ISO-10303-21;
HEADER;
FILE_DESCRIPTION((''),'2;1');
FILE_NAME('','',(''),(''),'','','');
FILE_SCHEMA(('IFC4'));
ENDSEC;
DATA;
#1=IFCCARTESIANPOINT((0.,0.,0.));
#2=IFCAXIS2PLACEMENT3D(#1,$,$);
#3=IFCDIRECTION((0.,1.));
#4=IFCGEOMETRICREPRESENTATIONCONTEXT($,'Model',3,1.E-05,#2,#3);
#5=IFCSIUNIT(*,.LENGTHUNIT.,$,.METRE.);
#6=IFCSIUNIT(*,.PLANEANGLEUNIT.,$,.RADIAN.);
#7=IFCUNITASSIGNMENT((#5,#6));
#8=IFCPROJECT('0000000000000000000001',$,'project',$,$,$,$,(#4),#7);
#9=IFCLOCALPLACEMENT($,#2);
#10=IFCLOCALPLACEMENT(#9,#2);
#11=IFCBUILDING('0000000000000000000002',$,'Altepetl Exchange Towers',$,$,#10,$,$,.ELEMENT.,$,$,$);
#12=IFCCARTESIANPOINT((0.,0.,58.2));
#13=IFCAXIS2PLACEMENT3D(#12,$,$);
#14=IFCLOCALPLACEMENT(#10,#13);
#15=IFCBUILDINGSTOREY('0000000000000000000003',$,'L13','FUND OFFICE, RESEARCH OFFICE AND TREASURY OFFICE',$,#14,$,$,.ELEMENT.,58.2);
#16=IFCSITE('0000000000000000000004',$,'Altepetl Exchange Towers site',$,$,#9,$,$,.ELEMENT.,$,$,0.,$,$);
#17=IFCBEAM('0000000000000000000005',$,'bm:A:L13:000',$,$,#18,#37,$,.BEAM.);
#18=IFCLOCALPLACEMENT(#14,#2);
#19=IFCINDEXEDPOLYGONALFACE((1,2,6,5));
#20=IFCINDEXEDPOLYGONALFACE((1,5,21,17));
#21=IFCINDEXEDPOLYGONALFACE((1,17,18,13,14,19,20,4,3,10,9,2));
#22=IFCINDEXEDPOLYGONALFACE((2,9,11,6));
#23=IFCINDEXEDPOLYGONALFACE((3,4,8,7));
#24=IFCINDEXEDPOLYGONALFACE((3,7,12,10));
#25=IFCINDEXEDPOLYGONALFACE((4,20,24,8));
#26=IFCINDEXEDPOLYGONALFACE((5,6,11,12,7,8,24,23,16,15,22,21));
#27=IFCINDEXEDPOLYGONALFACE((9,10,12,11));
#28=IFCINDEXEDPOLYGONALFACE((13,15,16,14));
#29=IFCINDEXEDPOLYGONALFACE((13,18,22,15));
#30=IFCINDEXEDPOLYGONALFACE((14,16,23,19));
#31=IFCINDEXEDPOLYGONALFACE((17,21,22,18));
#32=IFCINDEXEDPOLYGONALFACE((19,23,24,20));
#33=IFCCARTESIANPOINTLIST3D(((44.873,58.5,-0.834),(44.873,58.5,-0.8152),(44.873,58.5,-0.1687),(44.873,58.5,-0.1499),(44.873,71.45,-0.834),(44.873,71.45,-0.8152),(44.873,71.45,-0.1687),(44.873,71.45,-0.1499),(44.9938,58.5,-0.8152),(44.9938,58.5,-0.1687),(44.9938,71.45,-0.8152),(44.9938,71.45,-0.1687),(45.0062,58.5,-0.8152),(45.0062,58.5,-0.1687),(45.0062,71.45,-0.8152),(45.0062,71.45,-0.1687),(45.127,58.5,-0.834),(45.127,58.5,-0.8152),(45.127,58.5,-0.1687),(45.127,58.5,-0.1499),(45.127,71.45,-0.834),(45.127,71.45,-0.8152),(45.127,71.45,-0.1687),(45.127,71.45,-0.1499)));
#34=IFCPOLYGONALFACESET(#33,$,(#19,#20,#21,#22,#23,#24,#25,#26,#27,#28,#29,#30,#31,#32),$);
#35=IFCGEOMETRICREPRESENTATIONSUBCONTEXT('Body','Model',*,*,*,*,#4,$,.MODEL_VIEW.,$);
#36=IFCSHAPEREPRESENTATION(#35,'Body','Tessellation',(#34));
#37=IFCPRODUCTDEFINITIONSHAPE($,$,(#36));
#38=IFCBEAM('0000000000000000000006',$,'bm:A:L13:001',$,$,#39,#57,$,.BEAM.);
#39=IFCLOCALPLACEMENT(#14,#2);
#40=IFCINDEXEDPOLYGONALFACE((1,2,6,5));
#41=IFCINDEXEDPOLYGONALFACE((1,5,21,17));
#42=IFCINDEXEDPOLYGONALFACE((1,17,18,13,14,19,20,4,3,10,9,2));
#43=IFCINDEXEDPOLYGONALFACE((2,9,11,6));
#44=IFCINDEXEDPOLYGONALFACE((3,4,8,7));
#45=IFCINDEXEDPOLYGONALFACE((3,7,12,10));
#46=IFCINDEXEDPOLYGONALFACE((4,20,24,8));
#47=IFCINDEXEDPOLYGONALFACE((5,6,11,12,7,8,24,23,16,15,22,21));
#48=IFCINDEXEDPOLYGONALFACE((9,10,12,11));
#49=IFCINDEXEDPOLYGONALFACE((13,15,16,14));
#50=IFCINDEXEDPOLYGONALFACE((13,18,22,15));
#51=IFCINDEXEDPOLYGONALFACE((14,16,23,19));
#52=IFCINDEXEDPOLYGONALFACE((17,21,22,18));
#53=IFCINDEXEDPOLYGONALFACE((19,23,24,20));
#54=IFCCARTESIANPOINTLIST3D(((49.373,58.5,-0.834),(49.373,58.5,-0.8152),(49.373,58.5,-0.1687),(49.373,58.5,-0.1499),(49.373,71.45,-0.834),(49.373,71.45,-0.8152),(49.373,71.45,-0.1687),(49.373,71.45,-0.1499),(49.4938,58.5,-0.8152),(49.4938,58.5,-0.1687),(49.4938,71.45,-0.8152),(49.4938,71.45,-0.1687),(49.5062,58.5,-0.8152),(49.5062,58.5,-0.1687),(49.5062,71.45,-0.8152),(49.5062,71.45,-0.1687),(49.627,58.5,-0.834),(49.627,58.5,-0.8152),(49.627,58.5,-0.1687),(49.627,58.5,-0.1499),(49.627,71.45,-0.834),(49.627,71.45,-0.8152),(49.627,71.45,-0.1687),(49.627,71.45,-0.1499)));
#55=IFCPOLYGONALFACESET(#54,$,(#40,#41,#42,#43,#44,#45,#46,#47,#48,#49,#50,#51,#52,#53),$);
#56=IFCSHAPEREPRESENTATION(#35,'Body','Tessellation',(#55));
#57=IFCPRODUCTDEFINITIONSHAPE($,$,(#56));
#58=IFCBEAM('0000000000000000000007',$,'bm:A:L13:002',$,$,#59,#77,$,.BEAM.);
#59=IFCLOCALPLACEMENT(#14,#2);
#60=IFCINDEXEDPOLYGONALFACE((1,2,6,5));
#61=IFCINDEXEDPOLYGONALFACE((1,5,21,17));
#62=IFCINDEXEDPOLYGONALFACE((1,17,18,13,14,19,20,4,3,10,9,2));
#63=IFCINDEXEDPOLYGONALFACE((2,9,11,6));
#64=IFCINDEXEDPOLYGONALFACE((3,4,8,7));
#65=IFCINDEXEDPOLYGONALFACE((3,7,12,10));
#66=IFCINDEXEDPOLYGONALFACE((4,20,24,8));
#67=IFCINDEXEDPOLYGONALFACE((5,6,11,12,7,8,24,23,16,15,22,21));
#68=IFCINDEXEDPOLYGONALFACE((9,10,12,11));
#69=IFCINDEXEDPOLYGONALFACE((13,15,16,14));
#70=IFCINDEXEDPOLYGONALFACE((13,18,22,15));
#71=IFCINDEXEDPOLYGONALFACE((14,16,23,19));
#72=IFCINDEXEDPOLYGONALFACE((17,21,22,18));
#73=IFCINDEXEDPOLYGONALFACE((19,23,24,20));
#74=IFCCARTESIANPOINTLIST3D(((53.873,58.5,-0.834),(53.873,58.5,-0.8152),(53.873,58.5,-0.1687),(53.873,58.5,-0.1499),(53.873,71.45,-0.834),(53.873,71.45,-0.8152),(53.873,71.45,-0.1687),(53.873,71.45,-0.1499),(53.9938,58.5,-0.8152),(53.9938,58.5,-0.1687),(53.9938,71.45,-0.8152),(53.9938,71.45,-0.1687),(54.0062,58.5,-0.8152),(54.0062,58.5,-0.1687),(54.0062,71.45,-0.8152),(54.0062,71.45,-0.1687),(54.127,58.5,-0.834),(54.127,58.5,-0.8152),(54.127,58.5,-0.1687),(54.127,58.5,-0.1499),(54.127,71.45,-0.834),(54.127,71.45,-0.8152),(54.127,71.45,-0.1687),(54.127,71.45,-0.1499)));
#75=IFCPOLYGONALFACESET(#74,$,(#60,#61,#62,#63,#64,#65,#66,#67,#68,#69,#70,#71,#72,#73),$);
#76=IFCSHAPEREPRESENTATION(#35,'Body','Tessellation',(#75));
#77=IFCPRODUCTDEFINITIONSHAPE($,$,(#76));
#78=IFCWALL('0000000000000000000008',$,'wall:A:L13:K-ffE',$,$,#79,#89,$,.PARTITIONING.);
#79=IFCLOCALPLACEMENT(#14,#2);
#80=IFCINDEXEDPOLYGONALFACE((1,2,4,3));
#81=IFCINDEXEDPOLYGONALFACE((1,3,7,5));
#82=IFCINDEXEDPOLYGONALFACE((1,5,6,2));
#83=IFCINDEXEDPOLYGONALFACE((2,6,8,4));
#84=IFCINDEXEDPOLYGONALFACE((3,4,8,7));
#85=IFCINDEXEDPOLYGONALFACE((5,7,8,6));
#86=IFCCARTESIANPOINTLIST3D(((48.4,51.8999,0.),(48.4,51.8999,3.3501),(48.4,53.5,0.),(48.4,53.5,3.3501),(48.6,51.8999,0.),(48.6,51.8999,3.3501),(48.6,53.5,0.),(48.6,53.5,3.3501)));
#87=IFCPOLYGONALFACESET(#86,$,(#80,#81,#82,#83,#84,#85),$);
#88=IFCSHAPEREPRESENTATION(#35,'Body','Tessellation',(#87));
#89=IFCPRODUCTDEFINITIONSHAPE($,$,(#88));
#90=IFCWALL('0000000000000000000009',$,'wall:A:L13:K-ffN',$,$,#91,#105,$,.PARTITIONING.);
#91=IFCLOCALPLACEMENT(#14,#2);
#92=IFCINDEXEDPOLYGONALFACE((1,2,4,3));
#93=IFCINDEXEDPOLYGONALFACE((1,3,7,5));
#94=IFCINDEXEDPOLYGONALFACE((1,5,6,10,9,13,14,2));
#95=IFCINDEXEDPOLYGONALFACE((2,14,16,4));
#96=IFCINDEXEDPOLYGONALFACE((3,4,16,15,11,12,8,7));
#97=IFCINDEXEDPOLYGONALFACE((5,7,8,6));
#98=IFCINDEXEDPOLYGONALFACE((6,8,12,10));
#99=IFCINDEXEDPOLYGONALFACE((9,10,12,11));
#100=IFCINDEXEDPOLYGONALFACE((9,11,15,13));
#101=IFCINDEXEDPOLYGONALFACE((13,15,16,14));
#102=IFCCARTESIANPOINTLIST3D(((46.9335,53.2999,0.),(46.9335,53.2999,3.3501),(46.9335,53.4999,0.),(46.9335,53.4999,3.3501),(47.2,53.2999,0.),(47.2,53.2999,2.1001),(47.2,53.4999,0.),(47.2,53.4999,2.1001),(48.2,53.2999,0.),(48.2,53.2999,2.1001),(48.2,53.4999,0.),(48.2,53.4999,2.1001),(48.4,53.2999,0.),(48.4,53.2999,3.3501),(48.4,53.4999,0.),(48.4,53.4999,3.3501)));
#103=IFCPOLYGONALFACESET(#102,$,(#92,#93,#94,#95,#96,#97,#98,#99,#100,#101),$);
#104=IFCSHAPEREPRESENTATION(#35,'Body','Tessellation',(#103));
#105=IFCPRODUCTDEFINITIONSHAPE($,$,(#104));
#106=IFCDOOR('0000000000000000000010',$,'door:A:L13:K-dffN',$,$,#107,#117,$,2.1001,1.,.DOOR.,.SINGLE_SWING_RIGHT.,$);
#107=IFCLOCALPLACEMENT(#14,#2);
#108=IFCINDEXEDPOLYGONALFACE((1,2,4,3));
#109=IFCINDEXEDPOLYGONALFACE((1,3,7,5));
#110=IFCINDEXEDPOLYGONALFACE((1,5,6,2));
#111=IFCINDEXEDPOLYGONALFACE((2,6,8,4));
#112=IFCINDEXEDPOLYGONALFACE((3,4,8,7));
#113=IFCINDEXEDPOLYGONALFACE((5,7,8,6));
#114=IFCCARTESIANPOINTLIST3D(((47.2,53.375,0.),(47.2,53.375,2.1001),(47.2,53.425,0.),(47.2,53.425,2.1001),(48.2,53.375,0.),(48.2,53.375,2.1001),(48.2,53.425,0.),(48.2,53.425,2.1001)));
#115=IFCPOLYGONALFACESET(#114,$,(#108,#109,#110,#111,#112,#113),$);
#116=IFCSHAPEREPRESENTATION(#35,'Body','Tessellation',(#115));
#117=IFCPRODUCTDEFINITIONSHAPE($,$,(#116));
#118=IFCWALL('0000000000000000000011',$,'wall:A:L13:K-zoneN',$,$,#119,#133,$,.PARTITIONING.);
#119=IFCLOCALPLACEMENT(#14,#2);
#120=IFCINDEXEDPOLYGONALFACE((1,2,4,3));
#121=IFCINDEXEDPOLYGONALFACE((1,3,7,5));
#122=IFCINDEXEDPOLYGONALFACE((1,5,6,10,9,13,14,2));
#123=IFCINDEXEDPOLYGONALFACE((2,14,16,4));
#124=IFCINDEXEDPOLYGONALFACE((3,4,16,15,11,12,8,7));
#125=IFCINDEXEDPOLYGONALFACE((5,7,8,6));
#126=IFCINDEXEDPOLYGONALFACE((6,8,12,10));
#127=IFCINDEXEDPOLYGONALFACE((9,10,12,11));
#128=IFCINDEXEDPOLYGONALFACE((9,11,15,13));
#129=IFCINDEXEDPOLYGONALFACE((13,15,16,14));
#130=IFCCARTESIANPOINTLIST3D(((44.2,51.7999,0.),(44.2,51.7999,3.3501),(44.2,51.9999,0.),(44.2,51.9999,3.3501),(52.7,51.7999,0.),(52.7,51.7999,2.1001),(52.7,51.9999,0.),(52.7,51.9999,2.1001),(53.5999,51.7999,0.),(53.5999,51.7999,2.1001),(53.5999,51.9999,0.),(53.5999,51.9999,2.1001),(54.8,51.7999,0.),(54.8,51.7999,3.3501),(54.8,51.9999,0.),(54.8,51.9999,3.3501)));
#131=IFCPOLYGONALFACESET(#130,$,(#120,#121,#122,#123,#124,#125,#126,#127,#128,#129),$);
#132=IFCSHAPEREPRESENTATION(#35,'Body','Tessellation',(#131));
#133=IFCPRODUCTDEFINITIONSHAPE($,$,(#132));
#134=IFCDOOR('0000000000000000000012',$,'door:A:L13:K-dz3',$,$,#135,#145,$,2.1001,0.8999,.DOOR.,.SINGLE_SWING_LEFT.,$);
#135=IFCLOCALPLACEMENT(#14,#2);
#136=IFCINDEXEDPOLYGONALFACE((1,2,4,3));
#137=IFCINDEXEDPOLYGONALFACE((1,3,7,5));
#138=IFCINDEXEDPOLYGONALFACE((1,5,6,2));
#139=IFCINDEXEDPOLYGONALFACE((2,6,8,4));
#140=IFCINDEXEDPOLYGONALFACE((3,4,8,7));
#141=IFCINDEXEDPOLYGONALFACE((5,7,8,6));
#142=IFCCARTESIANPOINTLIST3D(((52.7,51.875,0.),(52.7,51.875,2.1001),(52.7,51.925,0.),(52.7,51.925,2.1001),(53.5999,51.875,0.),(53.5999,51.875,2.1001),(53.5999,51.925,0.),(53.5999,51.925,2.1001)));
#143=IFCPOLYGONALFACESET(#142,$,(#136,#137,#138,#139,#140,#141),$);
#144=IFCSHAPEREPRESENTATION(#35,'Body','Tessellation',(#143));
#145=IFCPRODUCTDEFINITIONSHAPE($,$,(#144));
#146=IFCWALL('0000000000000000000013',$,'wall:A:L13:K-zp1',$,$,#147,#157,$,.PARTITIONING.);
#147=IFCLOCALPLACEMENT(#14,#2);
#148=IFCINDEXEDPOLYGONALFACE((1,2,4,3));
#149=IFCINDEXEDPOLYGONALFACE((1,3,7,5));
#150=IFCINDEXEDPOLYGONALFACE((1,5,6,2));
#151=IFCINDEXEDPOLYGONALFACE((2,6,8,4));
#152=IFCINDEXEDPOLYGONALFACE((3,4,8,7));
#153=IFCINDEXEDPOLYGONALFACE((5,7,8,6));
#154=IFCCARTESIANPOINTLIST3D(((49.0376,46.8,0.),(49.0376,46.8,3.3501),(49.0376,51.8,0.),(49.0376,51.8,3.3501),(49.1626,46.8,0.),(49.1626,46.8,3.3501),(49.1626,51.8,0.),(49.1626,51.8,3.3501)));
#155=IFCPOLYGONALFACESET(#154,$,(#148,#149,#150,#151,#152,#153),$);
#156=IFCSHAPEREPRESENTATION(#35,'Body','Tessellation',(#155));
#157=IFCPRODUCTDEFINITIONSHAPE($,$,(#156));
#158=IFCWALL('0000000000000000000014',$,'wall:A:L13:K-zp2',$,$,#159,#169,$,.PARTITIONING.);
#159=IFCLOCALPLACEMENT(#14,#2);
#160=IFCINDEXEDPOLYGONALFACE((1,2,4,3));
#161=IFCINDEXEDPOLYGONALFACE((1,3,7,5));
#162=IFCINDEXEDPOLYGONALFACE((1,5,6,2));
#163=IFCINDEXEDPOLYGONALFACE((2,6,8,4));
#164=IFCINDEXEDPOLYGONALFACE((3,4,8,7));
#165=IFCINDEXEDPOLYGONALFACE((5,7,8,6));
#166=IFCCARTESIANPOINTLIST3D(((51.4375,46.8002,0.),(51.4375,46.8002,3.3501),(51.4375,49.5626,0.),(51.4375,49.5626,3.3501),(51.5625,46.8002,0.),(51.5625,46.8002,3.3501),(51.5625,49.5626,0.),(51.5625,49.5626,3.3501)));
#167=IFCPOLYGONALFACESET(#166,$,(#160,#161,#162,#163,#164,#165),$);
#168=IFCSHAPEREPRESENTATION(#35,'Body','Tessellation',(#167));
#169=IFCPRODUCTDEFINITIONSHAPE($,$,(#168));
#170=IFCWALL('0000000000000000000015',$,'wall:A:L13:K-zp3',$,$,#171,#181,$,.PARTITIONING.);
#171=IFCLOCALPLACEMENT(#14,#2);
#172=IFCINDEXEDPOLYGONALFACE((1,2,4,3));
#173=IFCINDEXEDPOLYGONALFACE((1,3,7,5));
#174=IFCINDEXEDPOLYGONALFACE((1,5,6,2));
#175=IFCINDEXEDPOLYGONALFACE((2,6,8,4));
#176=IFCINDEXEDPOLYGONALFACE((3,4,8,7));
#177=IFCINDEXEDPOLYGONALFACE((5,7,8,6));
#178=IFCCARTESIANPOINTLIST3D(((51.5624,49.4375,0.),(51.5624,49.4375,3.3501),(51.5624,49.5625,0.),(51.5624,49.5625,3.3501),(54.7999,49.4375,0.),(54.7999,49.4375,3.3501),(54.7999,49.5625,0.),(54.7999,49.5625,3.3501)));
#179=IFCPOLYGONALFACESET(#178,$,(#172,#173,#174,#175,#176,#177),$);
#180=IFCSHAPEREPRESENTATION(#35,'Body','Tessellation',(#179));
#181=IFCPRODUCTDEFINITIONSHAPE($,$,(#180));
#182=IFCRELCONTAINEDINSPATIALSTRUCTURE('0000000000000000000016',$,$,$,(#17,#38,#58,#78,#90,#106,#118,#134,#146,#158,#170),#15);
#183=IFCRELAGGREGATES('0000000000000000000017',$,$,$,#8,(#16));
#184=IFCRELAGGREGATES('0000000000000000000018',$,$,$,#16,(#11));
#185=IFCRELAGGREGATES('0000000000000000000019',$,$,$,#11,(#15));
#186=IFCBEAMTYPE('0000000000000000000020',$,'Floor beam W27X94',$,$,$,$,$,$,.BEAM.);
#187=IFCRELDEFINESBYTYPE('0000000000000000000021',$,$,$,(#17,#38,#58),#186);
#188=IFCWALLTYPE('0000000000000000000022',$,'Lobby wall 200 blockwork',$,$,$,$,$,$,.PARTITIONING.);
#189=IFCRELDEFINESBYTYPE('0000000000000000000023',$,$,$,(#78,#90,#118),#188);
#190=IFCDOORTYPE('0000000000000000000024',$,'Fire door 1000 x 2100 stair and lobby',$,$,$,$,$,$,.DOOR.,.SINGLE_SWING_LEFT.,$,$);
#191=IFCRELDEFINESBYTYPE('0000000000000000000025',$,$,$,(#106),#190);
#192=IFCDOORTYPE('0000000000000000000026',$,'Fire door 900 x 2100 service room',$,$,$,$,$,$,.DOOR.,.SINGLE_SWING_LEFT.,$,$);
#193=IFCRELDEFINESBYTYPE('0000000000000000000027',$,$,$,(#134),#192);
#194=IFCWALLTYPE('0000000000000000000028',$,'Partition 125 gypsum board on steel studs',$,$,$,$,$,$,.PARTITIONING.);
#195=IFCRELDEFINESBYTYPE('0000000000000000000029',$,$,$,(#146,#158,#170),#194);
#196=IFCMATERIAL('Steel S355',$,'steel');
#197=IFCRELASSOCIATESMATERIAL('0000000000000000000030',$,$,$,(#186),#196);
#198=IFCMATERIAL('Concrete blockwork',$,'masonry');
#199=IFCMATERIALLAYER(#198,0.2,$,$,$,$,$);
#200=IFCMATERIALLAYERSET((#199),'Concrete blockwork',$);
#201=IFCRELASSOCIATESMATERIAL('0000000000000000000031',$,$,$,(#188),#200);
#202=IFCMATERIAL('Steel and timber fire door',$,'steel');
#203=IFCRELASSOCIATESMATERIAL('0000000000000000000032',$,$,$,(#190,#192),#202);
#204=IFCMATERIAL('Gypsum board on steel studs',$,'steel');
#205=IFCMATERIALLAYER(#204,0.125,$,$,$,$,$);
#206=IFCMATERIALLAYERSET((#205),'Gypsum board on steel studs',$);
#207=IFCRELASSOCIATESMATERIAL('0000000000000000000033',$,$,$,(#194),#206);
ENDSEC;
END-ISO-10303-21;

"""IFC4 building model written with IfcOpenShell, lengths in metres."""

from ifc_helpers import new_model, si_unit, direction, frame, frame_2d, origin, origin_2d, place, context, subcontext, project, spatial, rectangle, i_section, extrude, material, layer, layer_set, material_profile, profile_set, type_object, element, fill, save


model = new_model("IFC4")

# Units and contexts
model_context = context("Model", 3, precision=1e-05, world=origin(), true_north=direction((0.0, 1.0)))
body_context = subcontext(model_context, "Body", "Model", "MODEL_VIEW")
ifc_project = project(units=[si_unit("LENGTHUNIT", "METRE"), si_unit("PLANEANGLEUNIT", "RADIAN")], contexts=[model_context])

# Site, building, storey
site_placement = place(None, origin())
site = spatial("IfcSite", under=ifc_project, at=site_placement, Name="Altepetl Exchange Towers site", CompositionType="ELEMENT", RefElevation=0.0)
building_placement = place(site_placement, origin())
building = spatial("IfcBuilding", under=site, at=building_placement, Name="Altepetl Exchange Towers", CompositionType="ELEMENT")
storey_placement = place(building_placement, frame((0.0, 0.0, 58.2)))
storey = spatial("IfcBuildingStorey", under=building, at=storey_placement, Name="L13", Description="FUND OFFICE, RESEARCH OFFICE AND TREASURY OFFICE", CompositionType="ELEMENT", Elevation=58.2)

# Beams
ifc_material_1 = material(Name="Steel S355", Category="steel")
ifc_material_profile = material_profile(ifc_material_1, i_section(OverallWidth=0.2539, OverallDepth=0.6841, WebThickness=0.0125, FlangeThickness=0.0188, at=origin_2d()), Name="W27X94")
ifc_profile_set = profile_set([ifc_material_profile], Name="Steel S355")
beam_type = type_object("IfcBeamType", Name="Floor beam W27X94", PredefinedType="BEAM", material=ifc_profile_set)
for number, where, z_axis, x_axis, name in (
    (1, (45.0, 58.5, -0.4919), (0.0, 1.0, 0.0), (-1.0, 0.0, 0.0), "bm:A:L13:000"),
    (2, (49.5, 58.5, -0.4919), (0.0, 1.0, 0.0), (-1.0, 0.0, 0.0), "bm:A:L13:001"),
    (3, (54.0, 58.5, -0.4919), (0.0, 1.0, 0.0), (-1.0, 0.0, 0.0), "bm:A:L13:002"),
):
    element("IfcBeam", number, at=place(storey_placement, frame(where, z_axis=z_axis, x_axis=x_axis)), inside=storey, type_object=beam_type, Name=name, PredefinedType="BEAM", context=body_context, shape_type="SweptSolid", body=[
        extrude(i_section(OverallWidth=0.2539, OverallDepth=0.6841, WebThickness=0.0125, FlangeThickness=0.0188, at=origin_2d()), origin(), (0.0, 0.0, 1.0), 12.95),
    ])

# Wall
ifc_material_2 = material(Name="Concrete blockwork", Category="masonry")
ifc_layer_1 = layer(ifc_material_2, 0.2)
ifc_layer_set_1 = layer_set([ifc_layer_1], Name="Concrete blockwork")
wall_type_1 = type_object("IfcWallType", Name="Lobby wall 200 blockwork", PredefinedType="PARTITIONING", material=ifc_layer_set_1)
wall_1_placement = place(storey_placement, frame((48.5, 51.8999, 0.0), z_axis=(0.0, 0.0, 1.0), x_axis=(0.0, 1.0, 0.0)))
element("IfcWall", 4, at=wall_1_placement, inside=storey, type_object=wall_type_1, Name="wall:A:L13:K-ffE", PredefinedType="PARTITIONING", context=body_context, shape_type="SweptSolid", body=[
    extrude(rectangle(XDim=1.6001, YDim=0.2, at=frame_2d((0.8, 0.0))), origin(), (0.0, 0.0, 1.0), 3.3501),
])

# Walls, openings, doors
wall_2_placement = place(storey_placement, frame((46.9333, 53.3999, 0.0)))
wall_2 = element("IfcWall", 5, at=wall_2_placement, inside=storey, type_object=wall_type_1, Name="wall:A:L13:K-ffN", PredefinedType="PARTITIONING", context=body_context, shape_type="SweptSolid", body=[
    extrude(rectangle(XDim=1.4666, YDim=0.2, at=frame_2d((0.7334, 0.0))), origin(), (0.0, 0.0, 1.0), 3.3501),
])
opening_1_placement = place(wall_2_placement, frame((0.2666, 0.0, 0.0)))
opening_1 = element("IfcOpeningElement", 6, at=opening_1_placement, cuts=wall_2, PredefinedType="OPENING", context=body_context, shape_type="SweptSolid", body=[
    extrude(rectangle(XDim=1.0, YDim=2.1001, at=frame_2d((0.5, 1.05))), frame((0.0, 0.1099, 0.0), z_axis=(0.0, -1.0, 0.0), x_axis=(1.0, 0.0, 0.0)), (0.0, 0.0, 1.0), 0.22),
])
ifc_material_3 = material(Name="Steel and timber fire door", Category="steel")
door_type_1 = type_object("IfcDoorType", Name="Fire door 1000 x 2100 stair and lobby", OperationType="SINGLE_SWING_LEFT", PredefinedType="DOOR", material=ifc_material_3)
door_1_placement = place(opening_1_placement, frame((1.0, 0.0, 0.0), x_axis=(-1.0, 0.0, 0.0)))
door_1 = element("IfcDoor", 7, at=door_1_placement, inside=storey, type_object=door_type_1, Name="door:A:L13:K-dffN", OperationType="SINGLE_SWING_RIGHT", OverallHeight=2.1001, OverallWidth=1.0, PredefinedType="DOOR", context=body_context, shape_type="SweptSolid", body=[
    extrude(rectangle(XDim=1.0, YDim=2.1001, at=frame_2d((0.5, 1.05))), frame((0.0, 0.0249, 0.0), z_axis=(0.0, -1.0, 0.0), x_axis=(1.0, 0.0, 0.0)), (0.0, 0.0, 1.0), 0.05),
])
fill(opening_1, door_1)
wall_3_placement = place(storey_placement, frame((44.2, 51.8999, 0.0)))
wall_3 = element("IfcWall", 8, at=wall_3_placement, inside=storey, type_object=wall_type_1, Name="wall:A:L13:K-zoneN", PredefinedType="PARTITIONING", context=body_context, shape_type="SweptSolid", body=[
    extrude(rectangle(XDim=10.6001, YDim=0.2, at=frame_2d((5.3, 0.0))), origin(), (0.0, 0.0, 1.0), 3.3501),
])
opening_2_placement = place(wall_3_placement, frame((8.5, 0.0, 0.0)))
opening_2 = element("IfcOpeningElement", 9, at=opening_2_placement, cuts=wall_3, PredefinedType="OPENING", context=body_context, shape_type="SweptSolid", body=[
    extrude(rectangle(XDim=0.8999, YDim=2.1001, at=frame_2d((0.45, 1.05))), frame((0.0, 0.1099, 0.0), z_axis=(0.0, -1.0, 0.0), x_axis=(1.0, 0.0, 0.0)), (0.0, 0.0, 1.0), 0.22),
])
door_type_2 = type_object("IfcDoorType", Name="Fire door 900 x 2100 service room", OperationType="SINGLE_SWING_LEFT", PredefinedType="DOOR", material=ifc_material_3)
door_2_placement = place(opening_2_placement, frame((0.8999, 0.0, 0.0), x_axis=(-1.0, 0.0, 0.0)))
door_2 = element("IfcDoor", 10, at=door_2_placement, inside=storey, type_object=door_type_2, Name="door:A:L13:K-dz3", OperationType="SINGLE_SWING_LEFT", OverallHeight=2.1001, OverallWidth=0.8999, PredefinedType="DOOR", context=body_context, shape_type="SweptSolid", body=[
    extrude(rectangle(XDim=0.8999, YDim=2.1001, at=frame_2d((0.45, 1.05))), frame((0.0, 0.0249, 0.0), z_axis=(0.0, -1.0, 0.0), x_axis=(1.0, 0.0, 0.0)), (0.0, 0.0, 1.0), 0.05),
])
fill(opening_2, door_2)

# Walls
ifc_material_4 = material(Name="Gypsum board on steel studs", Category="steel")
ifc_layer_2 = layer(ifc_material_4, 0.125)
ifc_layer_set_2 = layer_set([ifc_layer_2], Name="Gypsum board on steel studs")
wall_type_2 = type_object("IfcWallType", Name="Partition 125 gypsum board on steel studs", PredefinedType="PARTITIONING", material=ifc_layer_set_2)
wall_4_placement = place(storey_placement, frame((49.1001, 46.8, 0.0), z_axis=(0.0, 0.0, 1.0), x_axis=(0.0, 1.0, 0.0)))
element("IfcWall", 11, at=wall_4_placement, inside=storey, type_object=wall_type_2, Name="wall:A:L13:K-zp1", PredefinedType="PARTITIONING", context=body_context, shape_type="SweptSolid", body=[
    extrude(rectangle(XDim=5.0, YDim=0.125, at=frame_2d((2.5, 0.0))), origin(), (0.0, 0.0, 1.0), 3.3501),
])
wall_5_placement = place(storey_placement, frame((51.5, 46.8, 0.0), z_axis=(0.0, 0.0, 1.0), x_axis=(0.0, 1.0, 0.0)))
element("IfcWall", 12, at=wall_5_placement, inside=storey, type_object=wall_type_2, Name="wall:A:L13:K-zp2", PredefinedType="PARTITIONING", context=body_context, shape_type="SweptSolid", body=[
    extrude(rectangle(XDim=2.7625, YDim=0.125, at=frame_2d((1.3813, 0.0))), origin(), (0.0, 0.0, 1.0), 3.3501),
])
wall_6_placement = place(storey_placement, frame((51.5625, 49.5, 0.0)))
element("IfcWall", 13, at=wall_6_placement, inside=storey, type_object=wall_type_2, Name="wall:A:L13:K-zp3", PredefinedType="PARTITIONING", context=body_context, shape_type="SweptSolid", body=[
    extrude(rectangle(XDim=3.2375, YDim=0.125, at=frame_2d((1.6187, 0.0))), origin(), (0.0, 0.0, 1.0), 3.3501),
])

save(model, "model.ifc")
